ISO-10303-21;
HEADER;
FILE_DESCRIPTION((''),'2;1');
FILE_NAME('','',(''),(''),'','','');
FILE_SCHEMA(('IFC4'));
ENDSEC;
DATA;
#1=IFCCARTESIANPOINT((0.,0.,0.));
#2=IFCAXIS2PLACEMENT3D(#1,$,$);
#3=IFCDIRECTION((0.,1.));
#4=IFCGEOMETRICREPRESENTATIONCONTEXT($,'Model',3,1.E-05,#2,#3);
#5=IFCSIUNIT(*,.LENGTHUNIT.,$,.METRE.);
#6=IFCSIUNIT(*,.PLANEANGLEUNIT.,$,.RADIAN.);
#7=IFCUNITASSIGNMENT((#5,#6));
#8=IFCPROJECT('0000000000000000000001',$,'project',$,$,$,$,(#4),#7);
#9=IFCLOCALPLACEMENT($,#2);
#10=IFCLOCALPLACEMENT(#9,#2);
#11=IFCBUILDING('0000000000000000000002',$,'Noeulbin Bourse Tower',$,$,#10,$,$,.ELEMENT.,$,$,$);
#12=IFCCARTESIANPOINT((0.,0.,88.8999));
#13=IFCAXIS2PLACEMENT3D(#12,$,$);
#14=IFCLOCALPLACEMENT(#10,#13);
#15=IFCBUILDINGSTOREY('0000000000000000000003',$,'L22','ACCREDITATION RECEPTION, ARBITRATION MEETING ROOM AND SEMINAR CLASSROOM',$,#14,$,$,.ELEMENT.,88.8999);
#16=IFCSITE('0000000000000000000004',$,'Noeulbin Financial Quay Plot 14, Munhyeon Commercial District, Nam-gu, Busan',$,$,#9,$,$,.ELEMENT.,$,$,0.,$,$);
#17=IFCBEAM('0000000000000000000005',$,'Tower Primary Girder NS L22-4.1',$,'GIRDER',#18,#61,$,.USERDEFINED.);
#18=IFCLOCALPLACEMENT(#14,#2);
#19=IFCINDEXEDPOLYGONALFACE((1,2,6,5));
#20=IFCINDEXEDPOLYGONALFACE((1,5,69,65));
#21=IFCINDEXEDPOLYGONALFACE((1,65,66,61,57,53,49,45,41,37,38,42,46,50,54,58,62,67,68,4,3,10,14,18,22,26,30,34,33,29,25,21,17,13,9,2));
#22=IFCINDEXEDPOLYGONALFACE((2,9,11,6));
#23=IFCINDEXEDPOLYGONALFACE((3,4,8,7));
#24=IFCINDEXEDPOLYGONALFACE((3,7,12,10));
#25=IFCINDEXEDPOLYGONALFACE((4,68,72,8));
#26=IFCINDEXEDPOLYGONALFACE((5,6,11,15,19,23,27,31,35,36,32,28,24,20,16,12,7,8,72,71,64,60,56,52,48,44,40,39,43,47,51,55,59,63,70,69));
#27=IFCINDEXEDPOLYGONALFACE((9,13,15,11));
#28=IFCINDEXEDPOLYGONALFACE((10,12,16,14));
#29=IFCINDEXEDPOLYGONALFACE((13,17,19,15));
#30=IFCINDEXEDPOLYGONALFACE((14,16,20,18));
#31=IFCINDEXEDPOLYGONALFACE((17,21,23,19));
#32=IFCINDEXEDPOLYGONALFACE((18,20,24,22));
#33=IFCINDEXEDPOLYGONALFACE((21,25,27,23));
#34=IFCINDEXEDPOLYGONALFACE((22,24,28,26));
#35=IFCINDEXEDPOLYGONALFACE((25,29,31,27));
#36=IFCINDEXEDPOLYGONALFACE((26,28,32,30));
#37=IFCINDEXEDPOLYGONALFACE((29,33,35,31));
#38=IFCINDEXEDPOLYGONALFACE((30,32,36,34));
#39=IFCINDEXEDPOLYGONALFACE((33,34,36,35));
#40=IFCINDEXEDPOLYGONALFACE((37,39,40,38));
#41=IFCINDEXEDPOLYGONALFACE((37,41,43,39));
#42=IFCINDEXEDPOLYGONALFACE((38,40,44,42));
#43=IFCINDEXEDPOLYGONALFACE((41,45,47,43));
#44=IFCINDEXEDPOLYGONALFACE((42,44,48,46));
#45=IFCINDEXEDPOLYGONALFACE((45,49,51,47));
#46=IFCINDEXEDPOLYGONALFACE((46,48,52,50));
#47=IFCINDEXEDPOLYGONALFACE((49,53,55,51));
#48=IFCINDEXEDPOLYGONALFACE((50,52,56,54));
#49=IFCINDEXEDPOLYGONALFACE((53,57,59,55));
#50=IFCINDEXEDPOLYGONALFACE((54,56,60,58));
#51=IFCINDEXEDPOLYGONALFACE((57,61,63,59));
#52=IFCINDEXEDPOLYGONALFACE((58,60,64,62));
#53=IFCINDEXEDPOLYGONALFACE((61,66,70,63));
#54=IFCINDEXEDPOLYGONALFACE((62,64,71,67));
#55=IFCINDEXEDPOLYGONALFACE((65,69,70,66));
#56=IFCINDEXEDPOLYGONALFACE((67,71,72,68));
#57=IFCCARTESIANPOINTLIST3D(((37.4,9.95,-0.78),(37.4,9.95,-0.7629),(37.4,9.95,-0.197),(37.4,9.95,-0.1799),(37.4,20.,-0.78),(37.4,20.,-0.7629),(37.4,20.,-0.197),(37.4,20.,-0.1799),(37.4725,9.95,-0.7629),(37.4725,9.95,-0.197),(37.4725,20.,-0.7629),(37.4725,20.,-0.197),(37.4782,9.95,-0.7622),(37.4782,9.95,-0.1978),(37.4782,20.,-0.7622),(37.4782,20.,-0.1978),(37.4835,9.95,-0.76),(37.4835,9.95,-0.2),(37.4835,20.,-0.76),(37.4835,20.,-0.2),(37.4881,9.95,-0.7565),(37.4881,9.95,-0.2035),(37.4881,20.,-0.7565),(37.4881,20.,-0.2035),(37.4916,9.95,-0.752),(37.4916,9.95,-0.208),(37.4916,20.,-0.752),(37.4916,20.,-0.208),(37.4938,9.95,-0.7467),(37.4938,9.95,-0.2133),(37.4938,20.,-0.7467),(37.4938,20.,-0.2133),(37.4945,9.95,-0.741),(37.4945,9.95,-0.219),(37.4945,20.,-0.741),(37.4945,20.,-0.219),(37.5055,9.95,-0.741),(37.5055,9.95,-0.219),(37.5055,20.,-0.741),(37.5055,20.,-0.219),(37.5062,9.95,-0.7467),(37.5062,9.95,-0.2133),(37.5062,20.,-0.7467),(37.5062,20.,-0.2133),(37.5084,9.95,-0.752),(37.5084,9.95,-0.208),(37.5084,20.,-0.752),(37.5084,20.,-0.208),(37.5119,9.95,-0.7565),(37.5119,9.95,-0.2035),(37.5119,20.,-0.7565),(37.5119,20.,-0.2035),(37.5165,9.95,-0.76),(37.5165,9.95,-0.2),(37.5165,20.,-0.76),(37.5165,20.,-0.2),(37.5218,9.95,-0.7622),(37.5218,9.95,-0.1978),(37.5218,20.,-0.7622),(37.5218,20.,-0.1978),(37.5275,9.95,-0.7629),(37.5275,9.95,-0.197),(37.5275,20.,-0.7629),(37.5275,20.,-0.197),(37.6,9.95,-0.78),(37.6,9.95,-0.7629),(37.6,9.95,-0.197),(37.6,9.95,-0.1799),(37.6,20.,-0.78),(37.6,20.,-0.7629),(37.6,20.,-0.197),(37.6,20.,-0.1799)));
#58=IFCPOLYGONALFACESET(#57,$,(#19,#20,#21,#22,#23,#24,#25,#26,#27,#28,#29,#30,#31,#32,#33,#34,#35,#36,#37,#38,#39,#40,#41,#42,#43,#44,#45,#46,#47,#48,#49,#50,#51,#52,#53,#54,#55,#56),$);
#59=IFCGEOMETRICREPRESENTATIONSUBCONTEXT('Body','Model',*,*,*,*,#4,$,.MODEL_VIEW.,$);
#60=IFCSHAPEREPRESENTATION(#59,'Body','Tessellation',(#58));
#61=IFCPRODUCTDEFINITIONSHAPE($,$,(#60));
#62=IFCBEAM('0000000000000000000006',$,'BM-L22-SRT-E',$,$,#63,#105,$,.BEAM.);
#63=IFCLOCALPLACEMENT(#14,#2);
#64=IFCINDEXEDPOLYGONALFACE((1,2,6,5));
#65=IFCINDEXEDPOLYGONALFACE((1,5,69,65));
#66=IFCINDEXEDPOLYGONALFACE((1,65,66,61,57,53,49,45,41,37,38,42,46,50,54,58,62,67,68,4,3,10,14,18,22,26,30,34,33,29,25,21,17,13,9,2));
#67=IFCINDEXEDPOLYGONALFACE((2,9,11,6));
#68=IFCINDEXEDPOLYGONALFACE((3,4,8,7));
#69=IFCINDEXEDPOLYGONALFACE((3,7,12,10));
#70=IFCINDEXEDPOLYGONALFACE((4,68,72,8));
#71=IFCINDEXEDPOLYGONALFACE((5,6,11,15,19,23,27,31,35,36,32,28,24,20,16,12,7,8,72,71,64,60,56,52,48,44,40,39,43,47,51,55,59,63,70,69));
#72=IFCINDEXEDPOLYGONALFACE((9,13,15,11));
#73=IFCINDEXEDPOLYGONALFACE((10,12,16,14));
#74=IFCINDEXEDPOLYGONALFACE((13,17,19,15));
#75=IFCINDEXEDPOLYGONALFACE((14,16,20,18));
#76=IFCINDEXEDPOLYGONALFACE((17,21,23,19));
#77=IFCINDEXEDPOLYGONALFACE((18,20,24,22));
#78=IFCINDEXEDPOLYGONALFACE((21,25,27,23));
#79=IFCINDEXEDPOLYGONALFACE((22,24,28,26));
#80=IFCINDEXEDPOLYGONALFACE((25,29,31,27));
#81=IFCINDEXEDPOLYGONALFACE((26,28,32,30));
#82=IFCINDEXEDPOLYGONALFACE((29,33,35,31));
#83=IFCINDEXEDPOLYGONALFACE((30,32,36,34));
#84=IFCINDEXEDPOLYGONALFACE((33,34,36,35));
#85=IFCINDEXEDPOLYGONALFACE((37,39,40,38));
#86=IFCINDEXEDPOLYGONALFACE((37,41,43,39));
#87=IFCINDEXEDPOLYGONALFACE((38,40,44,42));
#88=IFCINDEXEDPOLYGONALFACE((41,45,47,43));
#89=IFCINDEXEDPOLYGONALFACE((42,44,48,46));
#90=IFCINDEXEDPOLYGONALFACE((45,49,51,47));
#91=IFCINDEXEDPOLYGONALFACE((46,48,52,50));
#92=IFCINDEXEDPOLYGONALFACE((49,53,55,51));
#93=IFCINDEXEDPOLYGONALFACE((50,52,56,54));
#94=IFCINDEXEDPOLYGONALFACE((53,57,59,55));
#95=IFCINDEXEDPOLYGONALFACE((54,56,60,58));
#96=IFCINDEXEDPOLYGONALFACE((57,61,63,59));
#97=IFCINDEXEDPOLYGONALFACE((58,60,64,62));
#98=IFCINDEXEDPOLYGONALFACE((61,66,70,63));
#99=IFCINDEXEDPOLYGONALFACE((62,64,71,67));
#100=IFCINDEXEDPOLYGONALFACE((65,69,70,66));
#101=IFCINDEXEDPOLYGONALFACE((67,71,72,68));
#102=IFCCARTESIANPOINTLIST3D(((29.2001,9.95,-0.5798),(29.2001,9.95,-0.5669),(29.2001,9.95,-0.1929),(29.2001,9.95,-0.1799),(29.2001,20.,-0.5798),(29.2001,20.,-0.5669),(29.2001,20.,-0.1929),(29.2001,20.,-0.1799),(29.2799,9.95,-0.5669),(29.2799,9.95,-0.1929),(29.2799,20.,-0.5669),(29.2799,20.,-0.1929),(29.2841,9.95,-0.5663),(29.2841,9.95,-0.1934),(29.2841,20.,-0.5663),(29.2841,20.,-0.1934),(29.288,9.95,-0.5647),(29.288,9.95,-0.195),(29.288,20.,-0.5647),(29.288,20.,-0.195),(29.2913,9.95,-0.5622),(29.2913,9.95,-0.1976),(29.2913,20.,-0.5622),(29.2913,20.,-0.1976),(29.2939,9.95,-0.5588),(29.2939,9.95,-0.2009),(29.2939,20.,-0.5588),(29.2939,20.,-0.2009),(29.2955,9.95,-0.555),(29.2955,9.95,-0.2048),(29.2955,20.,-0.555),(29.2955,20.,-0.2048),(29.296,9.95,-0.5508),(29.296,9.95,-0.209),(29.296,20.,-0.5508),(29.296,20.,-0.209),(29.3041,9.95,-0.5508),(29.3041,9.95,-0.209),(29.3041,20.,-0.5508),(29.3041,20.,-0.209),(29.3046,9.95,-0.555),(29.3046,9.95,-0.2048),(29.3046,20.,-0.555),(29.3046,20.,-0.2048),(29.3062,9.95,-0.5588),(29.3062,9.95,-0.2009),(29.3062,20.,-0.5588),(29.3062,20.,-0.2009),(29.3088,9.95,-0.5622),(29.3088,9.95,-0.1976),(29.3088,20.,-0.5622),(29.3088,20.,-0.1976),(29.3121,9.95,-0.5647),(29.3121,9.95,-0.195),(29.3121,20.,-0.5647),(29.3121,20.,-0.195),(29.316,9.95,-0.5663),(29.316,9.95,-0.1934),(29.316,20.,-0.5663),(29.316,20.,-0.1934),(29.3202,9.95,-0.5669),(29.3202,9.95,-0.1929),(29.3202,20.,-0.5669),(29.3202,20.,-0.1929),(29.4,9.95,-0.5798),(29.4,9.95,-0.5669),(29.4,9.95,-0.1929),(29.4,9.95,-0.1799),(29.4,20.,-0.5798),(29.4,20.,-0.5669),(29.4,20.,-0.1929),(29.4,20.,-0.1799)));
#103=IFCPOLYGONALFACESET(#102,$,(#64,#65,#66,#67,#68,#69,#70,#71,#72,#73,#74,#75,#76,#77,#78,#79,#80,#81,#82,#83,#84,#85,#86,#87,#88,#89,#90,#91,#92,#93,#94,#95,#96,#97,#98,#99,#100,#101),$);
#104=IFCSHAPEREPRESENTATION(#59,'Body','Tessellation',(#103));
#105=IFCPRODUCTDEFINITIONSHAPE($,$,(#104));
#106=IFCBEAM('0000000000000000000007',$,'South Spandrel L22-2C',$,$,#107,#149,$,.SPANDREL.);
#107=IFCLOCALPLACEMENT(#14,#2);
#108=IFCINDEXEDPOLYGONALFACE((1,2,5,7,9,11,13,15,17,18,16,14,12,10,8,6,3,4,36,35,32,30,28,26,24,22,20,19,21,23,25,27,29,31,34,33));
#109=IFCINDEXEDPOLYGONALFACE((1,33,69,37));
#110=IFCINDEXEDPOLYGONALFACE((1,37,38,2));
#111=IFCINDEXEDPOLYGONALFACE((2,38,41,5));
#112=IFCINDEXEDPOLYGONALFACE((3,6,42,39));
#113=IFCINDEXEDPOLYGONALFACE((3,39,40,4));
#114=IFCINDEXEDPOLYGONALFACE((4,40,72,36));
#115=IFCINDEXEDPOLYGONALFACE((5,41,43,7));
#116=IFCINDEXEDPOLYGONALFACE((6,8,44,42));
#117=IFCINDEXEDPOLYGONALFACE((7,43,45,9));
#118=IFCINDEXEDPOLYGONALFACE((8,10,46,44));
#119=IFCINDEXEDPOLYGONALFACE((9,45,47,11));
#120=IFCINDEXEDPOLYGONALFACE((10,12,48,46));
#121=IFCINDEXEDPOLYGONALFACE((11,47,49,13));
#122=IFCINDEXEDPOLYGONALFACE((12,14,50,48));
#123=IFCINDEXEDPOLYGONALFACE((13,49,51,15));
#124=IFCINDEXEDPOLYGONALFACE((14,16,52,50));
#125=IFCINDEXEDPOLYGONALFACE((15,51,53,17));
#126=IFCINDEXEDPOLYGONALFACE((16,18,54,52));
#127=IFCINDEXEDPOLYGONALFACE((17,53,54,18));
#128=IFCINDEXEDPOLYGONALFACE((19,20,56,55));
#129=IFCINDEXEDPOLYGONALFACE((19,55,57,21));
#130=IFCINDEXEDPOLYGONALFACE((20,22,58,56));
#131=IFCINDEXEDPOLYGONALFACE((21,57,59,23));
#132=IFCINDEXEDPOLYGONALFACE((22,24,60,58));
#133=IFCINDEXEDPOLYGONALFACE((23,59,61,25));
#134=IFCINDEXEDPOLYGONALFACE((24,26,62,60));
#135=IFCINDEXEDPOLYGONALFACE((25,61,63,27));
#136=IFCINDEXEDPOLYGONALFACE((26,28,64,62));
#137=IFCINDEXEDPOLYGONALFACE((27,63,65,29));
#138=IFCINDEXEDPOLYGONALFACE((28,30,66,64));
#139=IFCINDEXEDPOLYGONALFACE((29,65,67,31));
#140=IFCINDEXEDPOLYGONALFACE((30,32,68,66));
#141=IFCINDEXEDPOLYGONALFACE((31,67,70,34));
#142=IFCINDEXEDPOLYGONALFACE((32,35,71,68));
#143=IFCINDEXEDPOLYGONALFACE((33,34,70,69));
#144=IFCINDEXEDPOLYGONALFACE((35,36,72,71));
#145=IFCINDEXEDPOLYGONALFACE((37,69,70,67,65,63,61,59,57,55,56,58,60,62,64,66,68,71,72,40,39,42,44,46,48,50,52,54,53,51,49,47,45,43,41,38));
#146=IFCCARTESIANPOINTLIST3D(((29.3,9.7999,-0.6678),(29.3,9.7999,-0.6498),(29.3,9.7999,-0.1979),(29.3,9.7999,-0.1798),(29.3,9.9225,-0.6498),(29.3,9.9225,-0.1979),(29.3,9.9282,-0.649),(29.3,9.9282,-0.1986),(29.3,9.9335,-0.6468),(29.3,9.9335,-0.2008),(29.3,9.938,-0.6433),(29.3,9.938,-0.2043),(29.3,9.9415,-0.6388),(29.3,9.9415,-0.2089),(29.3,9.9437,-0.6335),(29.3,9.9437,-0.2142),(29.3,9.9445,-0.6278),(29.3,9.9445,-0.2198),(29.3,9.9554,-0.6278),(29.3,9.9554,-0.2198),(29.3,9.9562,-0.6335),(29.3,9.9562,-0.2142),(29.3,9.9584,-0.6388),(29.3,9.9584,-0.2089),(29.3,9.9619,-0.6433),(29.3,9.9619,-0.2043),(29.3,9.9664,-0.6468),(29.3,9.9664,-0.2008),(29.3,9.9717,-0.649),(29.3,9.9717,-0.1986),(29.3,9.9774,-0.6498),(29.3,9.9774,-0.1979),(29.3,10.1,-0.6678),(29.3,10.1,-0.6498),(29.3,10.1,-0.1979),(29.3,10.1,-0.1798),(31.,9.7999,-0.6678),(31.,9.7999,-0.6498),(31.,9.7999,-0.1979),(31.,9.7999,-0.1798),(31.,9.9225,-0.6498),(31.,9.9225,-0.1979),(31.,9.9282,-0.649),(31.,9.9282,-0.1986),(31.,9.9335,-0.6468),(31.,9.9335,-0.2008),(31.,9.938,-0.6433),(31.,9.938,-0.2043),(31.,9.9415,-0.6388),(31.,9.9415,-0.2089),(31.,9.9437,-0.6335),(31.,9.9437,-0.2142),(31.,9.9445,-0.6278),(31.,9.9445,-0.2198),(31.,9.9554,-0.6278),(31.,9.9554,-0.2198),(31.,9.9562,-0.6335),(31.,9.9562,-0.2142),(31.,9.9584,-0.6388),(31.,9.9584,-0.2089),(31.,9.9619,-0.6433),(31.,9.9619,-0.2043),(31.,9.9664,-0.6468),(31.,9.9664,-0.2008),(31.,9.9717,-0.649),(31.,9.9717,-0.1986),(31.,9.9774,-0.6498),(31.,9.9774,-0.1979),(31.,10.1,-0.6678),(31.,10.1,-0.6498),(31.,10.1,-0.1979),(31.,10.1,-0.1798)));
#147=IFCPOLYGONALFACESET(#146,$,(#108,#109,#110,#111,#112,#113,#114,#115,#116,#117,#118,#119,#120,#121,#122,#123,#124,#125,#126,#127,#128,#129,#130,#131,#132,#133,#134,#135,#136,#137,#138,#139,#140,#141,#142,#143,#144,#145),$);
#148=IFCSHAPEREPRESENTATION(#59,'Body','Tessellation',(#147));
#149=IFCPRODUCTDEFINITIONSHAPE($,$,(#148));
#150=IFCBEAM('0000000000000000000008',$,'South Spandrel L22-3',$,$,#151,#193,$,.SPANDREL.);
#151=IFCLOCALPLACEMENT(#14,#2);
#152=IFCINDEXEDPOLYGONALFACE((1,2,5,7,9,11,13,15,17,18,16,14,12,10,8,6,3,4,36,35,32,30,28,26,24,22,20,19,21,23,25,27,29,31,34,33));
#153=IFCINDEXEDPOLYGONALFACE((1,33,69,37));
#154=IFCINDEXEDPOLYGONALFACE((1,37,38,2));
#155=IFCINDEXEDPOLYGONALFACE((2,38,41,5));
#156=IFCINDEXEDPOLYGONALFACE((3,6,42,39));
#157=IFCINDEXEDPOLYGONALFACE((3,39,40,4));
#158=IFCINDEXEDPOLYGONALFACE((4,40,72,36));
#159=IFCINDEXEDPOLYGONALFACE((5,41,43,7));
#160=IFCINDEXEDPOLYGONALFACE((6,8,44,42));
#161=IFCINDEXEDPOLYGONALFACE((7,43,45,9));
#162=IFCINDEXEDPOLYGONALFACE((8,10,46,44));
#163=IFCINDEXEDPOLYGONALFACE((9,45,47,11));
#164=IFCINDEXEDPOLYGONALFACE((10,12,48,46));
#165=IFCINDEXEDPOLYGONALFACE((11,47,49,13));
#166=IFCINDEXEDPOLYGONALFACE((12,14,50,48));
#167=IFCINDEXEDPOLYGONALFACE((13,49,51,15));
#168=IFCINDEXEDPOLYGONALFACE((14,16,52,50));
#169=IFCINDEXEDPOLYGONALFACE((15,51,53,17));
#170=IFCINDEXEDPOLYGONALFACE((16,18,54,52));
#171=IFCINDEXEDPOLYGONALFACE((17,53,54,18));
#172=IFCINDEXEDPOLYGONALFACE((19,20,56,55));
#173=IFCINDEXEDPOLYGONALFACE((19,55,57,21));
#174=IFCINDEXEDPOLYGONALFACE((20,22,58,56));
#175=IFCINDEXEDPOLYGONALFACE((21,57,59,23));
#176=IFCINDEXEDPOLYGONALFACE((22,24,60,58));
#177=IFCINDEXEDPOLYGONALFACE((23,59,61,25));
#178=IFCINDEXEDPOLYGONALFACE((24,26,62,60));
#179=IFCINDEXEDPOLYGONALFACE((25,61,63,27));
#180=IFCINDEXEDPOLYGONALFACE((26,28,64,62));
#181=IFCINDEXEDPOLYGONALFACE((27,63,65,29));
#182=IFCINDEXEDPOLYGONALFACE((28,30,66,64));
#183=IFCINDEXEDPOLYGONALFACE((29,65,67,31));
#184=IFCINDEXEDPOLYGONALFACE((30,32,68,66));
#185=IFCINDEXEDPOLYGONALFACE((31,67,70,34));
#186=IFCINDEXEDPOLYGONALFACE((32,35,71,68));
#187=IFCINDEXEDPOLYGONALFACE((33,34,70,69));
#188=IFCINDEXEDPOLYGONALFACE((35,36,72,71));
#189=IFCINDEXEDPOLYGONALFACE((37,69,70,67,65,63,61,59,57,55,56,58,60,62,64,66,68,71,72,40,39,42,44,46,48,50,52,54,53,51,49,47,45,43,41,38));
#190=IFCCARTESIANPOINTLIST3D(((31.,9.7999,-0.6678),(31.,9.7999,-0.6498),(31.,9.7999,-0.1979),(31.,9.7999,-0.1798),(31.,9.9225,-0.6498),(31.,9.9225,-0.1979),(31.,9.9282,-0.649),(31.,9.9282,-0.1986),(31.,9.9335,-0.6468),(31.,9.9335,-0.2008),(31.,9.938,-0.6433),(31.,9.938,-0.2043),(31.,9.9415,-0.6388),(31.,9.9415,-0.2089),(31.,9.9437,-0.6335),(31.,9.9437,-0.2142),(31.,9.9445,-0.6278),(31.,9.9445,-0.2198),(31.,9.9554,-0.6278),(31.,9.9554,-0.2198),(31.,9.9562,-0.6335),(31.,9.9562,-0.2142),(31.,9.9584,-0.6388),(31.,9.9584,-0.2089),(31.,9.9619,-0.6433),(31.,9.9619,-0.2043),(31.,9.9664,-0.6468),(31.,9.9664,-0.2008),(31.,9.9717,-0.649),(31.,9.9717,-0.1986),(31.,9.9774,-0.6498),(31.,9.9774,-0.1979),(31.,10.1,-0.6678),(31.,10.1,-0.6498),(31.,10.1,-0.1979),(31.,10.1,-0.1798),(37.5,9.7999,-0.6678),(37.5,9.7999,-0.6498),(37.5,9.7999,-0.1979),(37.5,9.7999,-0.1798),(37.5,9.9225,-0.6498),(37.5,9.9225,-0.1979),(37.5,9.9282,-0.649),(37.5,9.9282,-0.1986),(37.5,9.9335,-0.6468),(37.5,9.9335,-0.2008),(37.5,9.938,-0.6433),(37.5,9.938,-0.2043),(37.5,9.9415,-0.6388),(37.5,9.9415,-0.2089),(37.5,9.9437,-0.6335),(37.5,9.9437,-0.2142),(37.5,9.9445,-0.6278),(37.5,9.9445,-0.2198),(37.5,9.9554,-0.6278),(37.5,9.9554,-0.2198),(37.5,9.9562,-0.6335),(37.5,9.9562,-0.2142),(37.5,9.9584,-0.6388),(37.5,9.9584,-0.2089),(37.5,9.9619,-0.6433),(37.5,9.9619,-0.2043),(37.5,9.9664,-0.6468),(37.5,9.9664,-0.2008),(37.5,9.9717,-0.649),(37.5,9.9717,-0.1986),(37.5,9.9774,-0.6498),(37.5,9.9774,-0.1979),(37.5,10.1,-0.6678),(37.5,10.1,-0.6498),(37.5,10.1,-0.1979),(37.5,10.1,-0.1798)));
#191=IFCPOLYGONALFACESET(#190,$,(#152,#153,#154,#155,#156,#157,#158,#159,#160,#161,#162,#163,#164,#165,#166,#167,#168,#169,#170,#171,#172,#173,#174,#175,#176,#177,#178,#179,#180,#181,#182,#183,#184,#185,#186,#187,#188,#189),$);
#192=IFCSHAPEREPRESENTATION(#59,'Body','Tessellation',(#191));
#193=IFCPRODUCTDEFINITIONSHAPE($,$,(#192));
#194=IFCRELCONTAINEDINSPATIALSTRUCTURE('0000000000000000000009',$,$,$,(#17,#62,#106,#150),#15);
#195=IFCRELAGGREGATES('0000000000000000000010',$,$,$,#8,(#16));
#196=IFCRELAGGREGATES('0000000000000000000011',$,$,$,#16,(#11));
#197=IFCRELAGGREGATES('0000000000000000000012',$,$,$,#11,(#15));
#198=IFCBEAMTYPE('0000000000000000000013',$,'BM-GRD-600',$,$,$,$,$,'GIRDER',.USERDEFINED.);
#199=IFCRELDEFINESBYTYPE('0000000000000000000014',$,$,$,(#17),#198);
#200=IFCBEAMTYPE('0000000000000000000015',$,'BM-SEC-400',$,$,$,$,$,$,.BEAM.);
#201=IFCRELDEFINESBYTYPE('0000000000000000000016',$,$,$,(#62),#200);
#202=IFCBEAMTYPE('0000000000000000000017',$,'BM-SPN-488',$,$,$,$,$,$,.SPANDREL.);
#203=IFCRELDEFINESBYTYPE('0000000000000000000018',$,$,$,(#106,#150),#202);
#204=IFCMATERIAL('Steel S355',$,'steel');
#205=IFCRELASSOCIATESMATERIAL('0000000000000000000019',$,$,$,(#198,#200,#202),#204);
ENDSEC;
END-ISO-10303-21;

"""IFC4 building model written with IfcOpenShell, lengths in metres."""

from ifc_helpers import new_model, si_unit, direction, frame, origin, origin_2d, place, context, subcontext, project, spatial, i_section, extrude, material, material_profile, profile_set, type_object, element, save


model = new_model("IFC4")

# Units and contexts
model_context = context("Model", 3, precision=1e-05, world=origin(), true_north=direction((0.0, 1.0)))
body_context = subcontext(model_context, "Body", "Model", "MODEL_VIEW")
ifc_project = project(units=[si_unit("LENGTHUNIT", "METRE"), si_unit("PLANEANGLEUNIT", "RADIAN")], contexts=[model_context])

# Site, building, storey
site_placement = place(None, origin())
site = spatial("IfcSite", under=ifc_project, at=site_placement, Name="Noeulbin Financial Quay Plot 14, Munhyeon Commercial District, Nam-gu, Busan", CompositionType="ELEMENT", RefElevation=0.0)
building_placement = place(site_placement, origin())
building = spatial("IfcBuilding", under=site, at=building_placement, Name="Noeulbin Bourse Tower", CompositionType="ELEMENT")
storey_placement = place(building_placement, frame((0.0, 0.0, 88.8999)))
storey = spatial("IfcBuildingStorey", under=building, at=storey_placement, Name="L22", Description="ACCREDITATION RECEPTION, ARBITRATION MEETING ROOM AND SEMINAR CLASSROOM", CompositionType="ELEMENT", Elevation=88.8999)

# Beams
ifc_material_1 = material(Name="Steel S355", Category="steel")
ifc_material_profile_1 = material_profile(ifc_material_1, i_section(OverallWidth=0.2, OverallDepth=0.6001, WebThickness=0.011, FlangeThickness=0.0171, FilletRadius=0.022, at=origin_2d()), Name="H-600x200x11x17", Category="LoadBearing")
ifc_profile_set_1 = profile_set([ifc_material_profile_1], Name="Steel S355")
beam_type_1 = type_object("IfcBeamType", Name="BM-GRD-600", ElementType="GIRDER", PredefinedType="USERDEFINED", material=ifc_profile_set_1)
for number, where, z_axis, x_axis, name in (
    (1, (37.5, 9.95, -0.48), (0.0, 1.0, 0.0), (-1.0, 0.0, 0.0), "Tower Primary Girder NS L22-4.1"),
):
    element("IfcBeam", number, at=place(storey_placement, frame(where, z_axis=z_axis, x_axis=x_axis)), inside=storey, type_object=beam_type_1, Name=name, ObjectType="GIRDER", PredefinedType="USERDEFINED", context=body_context, shape_type="SweptSolid", body=[
        extrude(i_section(OverallWidth=0.2, OverallDepth=0.6001, WebThickness=0.011, FlangeThickness=0.0171, FilletRadius=0.022, at=origin_2d()), origin(), (0.0, 0.0, 1.0), 10.05),
    ])
ifc_material_profile_2 = material_profile(ifc_material_1, i_section(OverallWidth=0.2, OverallDepth=0.3999, WebThickness=0.0081, FlangeThickness=0.0129, FilletRadius=0.0161, at=origin_2d()), Name="H-400x200x8x13", Category="LoadBearing")
ifc_profile_set_2 = profile_set([ifc_material_profile_2], Name="Steel S355")
beam_type_2 = type_object("IfcBeamType", Name="BM-SEC-400", PredefinedType="BEAM", material=ifc_profile_set_2)
beam_1_placement = place(storey_placement, frame((29.3, 9.95, -0.3799), z_axis=(0.0, 1.0, 0.0), x_axis=(-1.0, 0.0, 0.0)))
element("IfcBeam", 2, at=beam_1_placement, inside=storey, type_object=beam_type_2, Name="BM-L22-SRT-E", PredefinedType="BEAM", context=body_context, shape_type="SweptSolid", body=[
    extrude(i_section(OverallWidth=0.2, OverallDepth=0.3999, WebThickness=0.0081, FlangeThickness=0.0129, FilletRadius=0.0161, at=origin_2d()), origin(), (0.0, 0.0, 1.0), 10.05),
])
ifc_material_profile_3 = material_profile(ifc_material_1, i_section(OverallWidth=0.3, OverallDepth=0.488, WebThickness=0.011, FlangeThickness=0.0181, FilletRadius=0.022, at=origin_2d()), Name="H-488x300x11x18", Category="LoadBearing")
ifc_profile_set_3 = profile_set([ifc_material_profile_3], Name="Steel S355")
beam_type_3 = type_object("IfcBeamType", Name="BM-SPN-488", PredefinedType="SPANDREL", material=ifc_profile_set_3)
beam_2_placement = place(storey_placement, frame((29.3, 9.95, -0.4238), z_axis=(1.0, 0.0, 0.0), x_axis=(0.0, 1.0, 0.0)))
element("IfcBeam", 3, at=beam_2_placement, inside=storey, type_object=beam_type_3, Name="South Spandrel L22-2C", PredefinedType="SPANDREL", context=body_context, shape_type="SweptSolid", body=[
    extrude(i_section(OverallWidth=0.3, OverallDepth=0.488, WebThickness=0.011, FlangeThickness=0.0181, FilletRadius=0.022, at=origin_2d()), origin(), (0.0, 0.0, 1.0), 1.7),
])
beam_3_placement = place(storey_placement, frame((31.0, 9.95, -0.4238), z_axis=(1.0, 0.0, 0.0), x_axis=(0.0, 1.0, 0.0)))
element("IfcBeam", 4, at=beam_3_placement, inside=storey, type_object=beam_type_3, Name="South Spandrel L22-3", PredefinedType="SPANDREL", context=body_context, shape_type="SweptSolid", body=[
    extrude(i_section(OverallWidth=0.3, OverallDepth=0.488, WebThickness=0.011, FlangeThickness=0.0181, FilletRadius=0.022, at=origin_2d()), origin(), (0.0, 0.0, 1.0), 6.5),
])

save(model, "model.ifc")
